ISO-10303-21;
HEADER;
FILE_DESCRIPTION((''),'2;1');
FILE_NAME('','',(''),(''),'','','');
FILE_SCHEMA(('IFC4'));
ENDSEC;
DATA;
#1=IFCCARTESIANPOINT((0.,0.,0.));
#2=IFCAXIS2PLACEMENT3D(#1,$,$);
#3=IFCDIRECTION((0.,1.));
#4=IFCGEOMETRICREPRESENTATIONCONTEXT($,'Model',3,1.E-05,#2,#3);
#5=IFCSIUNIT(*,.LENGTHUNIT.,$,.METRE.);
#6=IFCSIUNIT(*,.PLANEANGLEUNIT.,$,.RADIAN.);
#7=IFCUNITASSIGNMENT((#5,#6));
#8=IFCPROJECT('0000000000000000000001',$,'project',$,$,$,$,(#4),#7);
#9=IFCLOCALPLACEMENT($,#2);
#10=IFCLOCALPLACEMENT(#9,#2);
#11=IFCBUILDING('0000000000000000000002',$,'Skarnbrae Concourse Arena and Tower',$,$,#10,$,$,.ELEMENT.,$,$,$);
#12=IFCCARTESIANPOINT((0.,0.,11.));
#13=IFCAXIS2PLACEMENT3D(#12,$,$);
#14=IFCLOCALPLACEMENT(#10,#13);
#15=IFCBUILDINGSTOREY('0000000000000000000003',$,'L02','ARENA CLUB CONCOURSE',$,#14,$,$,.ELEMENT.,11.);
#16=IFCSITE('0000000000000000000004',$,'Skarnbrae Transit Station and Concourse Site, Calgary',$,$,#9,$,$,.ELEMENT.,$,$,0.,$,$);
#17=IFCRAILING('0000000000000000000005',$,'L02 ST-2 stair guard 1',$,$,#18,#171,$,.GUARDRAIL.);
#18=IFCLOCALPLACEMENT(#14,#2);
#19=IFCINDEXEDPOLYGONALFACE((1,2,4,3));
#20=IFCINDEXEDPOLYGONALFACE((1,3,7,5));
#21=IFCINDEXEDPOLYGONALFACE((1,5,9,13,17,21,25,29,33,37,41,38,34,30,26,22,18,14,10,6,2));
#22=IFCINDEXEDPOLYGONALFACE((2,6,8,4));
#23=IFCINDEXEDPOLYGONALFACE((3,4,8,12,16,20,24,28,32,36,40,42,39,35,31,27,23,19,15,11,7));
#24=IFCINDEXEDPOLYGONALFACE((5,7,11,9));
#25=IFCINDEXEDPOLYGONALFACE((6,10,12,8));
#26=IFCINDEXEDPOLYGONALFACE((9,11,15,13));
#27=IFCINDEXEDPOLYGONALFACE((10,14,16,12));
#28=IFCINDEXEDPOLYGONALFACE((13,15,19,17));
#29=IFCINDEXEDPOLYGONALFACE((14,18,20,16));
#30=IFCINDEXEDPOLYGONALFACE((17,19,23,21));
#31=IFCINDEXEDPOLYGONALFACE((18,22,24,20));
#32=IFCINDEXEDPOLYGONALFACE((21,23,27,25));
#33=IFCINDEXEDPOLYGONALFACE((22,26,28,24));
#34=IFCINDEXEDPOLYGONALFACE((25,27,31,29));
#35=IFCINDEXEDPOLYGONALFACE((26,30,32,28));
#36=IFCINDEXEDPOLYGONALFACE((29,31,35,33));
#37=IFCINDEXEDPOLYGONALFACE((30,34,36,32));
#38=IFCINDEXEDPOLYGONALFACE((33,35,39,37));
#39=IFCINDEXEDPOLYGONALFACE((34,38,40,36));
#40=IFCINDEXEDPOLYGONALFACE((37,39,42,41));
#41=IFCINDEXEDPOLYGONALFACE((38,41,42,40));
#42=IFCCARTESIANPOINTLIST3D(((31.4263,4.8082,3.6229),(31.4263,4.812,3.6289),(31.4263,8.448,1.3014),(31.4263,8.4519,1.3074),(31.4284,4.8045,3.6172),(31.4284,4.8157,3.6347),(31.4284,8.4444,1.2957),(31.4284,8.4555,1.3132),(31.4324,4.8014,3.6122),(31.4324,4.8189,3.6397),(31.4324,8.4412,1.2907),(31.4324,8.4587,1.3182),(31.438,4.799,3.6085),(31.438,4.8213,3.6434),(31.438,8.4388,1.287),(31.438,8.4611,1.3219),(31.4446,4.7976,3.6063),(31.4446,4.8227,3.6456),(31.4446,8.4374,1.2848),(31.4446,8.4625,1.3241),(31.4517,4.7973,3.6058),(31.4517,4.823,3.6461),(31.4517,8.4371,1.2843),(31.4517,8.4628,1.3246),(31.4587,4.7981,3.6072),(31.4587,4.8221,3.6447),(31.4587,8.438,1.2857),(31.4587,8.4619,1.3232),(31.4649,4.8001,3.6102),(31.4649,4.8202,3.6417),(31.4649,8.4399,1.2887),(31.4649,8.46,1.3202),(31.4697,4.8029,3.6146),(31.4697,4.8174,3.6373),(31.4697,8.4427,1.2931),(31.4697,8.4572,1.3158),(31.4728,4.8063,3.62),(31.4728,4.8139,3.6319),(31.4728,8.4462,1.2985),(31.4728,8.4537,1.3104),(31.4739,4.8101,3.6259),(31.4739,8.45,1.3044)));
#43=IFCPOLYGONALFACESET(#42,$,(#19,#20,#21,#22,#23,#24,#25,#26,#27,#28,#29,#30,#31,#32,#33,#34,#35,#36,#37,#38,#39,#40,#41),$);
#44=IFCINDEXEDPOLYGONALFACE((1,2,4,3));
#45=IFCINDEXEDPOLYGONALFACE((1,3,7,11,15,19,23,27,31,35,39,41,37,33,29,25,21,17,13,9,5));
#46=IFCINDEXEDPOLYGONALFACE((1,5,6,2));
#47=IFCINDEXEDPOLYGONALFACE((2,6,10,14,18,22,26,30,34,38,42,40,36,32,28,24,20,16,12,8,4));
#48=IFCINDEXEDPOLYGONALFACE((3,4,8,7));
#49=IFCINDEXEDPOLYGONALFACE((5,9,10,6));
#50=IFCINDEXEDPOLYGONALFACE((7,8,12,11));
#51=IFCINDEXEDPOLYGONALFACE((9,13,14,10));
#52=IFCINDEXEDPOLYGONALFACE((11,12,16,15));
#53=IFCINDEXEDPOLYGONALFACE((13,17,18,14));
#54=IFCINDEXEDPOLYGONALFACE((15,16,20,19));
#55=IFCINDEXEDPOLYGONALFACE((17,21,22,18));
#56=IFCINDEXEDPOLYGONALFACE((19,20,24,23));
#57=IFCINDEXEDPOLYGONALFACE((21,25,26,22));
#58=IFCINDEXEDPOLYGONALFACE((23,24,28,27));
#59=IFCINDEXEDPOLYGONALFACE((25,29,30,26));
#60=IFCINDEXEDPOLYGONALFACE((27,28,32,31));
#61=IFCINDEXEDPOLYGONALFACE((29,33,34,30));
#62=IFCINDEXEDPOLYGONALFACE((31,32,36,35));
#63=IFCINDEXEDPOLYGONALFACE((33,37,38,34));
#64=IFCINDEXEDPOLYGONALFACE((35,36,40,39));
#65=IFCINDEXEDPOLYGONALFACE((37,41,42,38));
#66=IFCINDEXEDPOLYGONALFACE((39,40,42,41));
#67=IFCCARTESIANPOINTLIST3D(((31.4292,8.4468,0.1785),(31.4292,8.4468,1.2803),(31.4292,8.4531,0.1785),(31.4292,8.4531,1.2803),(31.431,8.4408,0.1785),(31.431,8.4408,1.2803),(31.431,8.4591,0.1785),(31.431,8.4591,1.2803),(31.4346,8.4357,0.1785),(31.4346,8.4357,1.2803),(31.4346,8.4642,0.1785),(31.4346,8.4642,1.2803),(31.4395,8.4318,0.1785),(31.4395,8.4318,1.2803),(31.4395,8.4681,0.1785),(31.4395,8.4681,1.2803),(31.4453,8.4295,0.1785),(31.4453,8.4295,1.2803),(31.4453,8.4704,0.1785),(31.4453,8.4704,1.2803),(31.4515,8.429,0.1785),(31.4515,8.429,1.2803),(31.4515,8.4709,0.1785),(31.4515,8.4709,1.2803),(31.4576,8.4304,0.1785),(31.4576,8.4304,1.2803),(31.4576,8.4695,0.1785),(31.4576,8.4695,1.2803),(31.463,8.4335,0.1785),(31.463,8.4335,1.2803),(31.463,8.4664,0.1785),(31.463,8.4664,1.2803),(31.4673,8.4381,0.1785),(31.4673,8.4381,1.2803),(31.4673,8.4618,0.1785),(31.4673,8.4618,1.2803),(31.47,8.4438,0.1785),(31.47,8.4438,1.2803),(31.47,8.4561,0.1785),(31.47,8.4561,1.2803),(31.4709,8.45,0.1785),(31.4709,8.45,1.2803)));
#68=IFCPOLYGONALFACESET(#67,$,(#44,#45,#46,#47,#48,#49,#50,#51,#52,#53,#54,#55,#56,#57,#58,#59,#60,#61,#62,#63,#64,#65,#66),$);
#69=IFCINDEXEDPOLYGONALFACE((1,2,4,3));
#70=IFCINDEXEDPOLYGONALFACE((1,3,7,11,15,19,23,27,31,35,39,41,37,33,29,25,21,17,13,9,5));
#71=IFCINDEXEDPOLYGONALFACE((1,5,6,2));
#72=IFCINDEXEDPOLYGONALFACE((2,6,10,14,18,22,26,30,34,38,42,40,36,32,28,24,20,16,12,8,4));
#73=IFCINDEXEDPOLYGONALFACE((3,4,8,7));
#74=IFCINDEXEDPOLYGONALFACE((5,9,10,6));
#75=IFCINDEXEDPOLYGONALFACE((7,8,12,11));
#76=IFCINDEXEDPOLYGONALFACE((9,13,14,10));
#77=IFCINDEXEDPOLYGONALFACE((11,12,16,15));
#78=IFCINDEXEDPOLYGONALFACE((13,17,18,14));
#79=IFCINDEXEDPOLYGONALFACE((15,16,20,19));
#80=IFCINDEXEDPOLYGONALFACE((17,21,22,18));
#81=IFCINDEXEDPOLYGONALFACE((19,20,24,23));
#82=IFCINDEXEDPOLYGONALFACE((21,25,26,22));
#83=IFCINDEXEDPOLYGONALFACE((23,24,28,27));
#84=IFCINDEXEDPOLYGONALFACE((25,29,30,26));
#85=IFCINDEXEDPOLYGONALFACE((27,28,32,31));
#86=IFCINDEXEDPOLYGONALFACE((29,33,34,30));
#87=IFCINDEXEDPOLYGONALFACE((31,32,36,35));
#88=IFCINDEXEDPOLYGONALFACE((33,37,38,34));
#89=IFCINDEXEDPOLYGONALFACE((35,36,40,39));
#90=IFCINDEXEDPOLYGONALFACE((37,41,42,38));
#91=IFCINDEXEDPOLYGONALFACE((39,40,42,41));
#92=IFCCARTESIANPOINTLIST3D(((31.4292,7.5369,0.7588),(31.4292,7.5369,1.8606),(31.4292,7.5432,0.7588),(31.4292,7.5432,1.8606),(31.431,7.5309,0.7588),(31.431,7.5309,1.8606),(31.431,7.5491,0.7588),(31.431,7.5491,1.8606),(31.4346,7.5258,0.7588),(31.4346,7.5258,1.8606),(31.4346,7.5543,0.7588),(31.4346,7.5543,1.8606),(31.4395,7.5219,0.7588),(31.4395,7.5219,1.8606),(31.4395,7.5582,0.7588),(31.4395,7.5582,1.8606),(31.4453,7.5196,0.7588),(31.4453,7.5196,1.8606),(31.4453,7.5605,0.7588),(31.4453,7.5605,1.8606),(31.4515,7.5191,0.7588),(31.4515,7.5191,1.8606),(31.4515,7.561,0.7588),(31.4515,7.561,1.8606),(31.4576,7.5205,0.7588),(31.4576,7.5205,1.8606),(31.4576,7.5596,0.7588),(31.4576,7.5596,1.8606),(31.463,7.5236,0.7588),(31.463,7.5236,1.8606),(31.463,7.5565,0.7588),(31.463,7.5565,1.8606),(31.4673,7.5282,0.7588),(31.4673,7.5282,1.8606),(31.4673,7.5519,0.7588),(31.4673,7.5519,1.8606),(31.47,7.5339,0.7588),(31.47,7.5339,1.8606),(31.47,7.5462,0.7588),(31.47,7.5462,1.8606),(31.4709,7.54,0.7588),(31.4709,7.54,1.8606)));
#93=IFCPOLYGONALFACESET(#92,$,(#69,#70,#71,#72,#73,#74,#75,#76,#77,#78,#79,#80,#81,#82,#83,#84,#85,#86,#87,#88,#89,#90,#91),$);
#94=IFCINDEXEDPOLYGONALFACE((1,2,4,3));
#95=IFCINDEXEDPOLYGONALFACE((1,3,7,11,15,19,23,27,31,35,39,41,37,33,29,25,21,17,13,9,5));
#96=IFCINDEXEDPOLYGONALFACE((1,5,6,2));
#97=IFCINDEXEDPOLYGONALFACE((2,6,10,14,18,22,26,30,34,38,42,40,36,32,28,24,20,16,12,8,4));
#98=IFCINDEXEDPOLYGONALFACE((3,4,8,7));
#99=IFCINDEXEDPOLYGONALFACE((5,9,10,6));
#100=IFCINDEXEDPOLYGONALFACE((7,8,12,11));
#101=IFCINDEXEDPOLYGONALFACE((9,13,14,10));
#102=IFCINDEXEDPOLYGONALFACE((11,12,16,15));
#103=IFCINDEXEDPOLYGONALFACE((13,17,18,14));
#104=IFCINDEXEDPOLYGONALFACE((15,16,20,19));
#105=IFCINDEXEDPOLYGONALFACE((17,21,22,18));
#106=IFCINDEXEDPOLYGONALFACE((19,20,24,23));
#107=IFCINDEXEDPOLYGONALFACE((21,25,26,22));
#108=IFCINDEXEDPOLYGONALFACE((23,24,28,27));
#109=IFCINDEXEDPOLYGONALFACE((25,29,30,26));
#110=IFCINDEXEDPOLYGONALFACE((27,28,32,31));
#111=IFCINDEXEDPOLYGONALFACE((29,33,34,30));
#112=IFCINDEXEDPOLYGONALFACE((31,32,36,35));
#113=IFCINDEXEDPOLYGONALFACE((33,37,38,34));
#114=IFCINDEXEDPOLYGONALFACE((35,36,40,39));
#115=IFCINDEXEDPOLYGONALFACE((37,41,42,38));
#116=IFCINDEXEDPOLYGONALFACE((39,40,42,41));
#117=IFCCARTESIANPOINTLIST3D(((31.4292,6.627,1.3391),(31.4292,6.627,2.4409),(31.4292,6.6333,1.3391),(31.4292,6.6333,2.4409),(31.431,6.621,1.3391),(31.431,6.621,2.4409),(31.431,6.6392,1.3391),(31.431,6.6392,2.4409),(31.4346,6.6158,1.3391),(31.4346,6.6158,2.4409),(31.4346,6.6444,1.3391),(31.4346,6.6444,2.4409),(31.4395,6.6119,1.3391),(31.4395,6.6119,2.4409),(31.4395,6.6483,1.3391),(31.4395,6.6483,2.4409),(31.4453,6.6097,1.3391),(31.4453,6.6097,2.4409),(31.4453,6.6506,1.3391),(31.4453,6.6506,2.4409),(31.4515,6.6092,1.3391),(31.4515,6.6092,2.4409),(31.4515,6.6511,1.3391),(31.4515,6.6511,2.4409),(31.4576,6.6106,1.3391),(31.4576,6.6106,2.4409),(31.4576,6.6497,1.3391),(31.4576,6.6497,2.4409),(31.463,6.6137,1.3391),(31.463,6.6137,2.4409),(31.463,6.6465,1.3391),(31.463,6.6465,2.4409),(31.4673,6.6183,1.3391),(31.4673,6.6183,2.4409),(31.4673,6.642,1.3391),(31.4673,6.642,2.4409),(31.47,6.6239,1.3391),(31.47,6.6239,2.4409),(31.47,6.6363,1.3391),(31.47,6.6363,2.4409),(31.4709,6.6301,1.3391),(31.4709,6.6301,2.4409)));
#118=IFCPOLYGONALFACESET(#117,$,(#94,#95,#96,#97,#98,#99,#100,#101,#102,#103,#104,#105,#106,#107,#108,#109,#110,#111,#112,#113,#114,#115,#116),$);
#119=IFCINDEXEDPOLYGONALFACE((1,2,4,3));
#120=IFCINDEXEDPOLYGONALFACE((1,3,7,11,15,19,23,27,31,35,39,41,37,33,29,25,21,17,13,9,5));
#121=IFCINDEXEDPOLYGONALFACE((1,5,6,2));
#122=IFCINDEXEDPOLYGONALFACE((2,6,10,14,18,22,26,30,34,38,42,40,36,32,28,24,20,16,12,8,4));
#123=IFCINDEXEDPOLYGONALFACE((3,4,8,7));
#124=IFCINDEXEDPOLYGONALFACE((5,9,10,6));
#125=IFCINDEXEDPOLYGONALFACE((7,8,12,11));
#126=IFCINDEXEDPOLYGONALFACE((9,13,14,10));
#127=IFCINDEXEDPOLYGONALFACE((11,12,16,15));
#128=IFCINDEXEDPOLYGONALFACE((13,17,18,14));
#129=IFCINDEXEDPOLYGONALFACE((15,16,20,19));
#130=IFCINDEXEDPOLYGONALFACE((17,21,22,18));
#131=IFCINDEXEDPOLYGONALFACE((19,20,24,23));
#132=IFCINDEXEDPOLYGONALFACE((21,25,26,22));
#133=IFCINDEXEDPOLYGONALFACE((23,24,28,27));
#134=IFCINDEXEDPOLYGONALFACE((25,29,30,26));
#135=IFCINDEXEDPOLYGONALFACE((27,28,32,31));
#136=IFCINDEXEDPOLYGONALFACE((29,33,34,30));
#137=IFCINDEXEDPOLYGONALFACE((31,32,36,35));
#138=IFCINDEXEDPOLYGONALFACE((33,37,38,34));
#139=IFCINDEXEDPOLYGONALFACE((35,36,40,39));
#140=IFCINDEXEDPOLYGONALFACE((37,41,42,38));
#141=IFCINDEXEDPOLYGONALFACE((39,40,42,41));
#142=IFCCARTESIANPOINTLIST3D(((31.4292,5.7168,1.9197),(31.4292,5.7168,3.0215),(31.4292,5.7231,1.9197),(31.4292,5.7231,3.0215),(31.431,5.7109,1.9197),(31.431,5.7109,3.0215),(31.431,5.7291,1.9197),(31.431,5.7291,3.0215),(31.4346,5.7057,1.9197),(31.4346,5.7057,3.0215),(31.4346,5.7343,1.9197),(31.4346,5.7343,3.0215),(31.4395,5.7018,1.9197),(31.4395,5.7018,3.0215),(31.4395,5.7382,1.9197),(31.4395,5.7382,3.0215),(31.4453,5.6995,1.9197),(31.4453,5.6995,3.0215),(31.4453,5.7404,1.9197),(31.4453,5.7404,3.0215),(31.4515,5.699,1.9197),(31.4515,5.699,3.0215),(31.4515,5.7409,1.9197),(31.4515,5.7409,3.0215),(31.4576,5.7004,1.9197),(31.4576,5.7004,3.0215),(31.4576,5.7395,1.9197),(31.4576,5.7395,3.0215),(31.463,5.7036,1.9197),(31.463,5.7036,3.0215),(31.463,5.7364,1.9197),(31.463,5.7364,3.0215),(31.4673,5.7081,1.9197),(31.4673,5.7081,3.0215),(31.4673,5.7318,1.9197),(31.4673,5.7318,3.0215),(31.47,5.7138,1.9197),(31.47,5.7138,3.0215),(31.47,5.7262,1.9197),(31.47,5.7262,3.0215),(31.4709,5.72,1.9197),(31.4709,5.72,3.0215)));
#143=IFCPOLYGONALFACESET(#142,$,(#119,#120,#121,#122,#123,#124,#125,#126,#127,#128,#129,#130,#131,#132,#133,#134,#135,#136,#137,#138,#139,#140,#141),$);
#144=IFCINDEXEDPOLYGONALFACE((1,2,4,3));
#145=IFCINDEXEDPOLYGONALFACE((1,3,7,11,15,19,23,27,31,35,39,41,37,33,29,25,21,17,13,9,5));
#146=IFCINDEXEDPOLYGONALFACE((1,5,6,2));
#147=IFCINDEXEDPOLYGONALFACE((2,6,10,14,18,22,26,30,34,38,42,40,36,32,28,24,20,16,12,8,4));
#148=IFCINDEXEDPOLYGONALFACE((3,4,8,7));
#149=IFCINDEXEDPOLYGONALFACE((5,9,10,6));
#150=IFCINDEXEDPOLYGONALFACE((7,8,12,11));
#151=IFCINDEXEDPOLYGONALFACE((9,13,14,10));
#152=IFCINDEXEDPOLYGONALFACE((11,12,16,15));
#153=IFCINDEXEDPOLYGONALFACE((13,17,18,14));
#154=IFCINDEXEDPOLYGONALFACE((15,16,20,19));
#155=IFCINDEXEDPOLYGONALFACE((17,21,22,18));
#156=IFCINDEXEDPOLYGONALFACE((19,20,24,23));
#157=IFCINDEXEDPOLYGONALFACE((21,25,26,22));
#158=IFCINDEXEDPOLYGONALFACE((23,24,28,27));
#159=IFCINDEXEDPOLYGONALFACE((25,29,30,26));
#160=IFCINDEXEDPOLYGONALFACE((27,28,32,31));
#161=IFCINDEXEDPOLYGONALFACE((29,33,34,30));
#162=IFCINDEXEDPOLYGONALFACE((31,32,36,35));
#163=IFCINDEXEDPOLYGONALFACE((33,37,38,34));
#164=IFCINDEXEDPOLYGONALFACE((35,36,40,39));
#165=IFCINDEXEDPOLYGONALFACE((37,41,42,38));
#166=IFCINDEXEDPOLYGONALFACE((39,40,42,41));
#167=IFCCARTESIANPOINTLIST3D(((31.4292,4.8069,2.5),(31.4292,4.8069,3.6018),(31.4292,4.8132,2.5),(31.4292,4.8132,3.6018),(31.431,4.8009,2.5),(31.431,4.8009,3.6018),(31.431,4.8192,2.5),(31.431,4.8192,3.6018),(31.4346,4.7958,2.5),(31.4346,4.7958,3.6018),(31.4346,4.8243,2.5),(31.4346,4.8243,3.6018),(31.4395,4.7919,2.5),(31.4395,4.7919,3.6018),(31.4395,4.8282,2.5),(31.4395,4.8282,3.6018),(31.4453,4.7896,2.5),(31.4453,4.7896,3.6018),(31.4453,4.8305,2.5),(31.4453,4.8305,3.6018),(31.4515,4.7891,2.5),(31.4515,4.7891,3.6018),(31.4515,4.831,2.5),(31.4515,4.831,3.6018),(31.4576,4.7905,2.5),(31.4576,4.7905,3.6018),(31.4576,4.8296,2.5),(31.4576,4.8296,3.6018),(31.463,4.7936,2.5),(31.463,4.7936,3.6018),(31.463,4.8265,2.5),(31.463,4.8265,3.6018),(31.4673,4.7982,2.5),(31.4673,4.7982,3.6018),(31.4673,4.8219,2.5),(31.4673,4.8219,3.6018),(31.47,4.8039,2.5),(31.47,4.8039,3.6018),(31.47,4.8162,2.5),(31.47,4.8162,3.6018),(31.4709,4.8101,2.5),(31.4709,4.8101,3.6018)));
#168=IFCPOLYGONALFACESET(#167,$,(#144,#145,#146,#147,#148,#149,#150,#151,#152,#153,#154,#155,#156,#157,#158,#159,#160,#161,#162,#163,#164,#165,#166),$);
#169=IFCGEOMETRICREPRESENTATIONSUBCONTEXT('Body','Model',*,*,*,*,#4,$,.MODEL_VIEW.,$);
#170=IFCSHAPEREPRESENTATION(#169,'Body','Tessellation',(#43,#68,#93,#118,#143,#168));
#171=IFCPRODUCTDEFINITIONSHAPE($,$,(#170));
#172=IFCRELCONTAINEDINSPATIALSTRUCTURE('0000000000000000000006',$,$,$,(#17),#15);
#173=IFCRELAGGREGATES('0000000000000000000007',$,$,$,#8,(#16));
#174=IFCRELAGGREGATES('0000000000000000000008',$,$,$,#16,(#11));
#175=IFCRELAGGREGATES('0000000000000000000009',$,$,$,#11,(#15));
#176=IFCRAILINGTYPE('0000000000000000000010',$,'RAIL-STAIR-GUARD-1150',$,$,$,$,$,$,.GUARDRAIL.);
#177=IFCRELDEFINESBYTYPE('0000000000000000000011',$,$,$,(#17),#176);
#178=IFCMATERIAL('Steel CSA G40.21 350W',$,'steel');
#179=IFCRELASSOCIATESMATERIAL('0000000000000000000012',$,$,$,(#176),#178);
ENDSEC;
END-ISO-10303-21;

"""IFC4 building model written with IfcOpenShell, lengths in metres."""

from ifc_helpers import new_model, si_unit, direction, frame, origin, origin_2d, place, context, subcontext, project, spatial, circle, extrude, material, type_object, element, save


model = new_model("IFC4")

# Units and contexts
model_context = context("Model", 3, precision=1e-05, world=origin(), true_north=direction((0.0, 1.0)))
body_context = subcontext(model_context, "Body", "Model", "MODEL_VIEW")
ifc_project = project(units=[si_unit("LENGTHUNIT", "METRE"), si_unit("PLANEANGLEUNIT", "RADIAN")], contexts=[model_context])

# Site, building, storey
site_placement = place(None, origin())
site = spatial("IfcSite", under=ifc_project, at=site_placement, Name="Skarnbrae Transit Station and Concourse Site, Calgary", CompositionType="ELEMENT", RefElevation=0.0)
building_placement = place(site_placement, origin())
building = spatial("IfcBuilding", under=site, at=building_placement, Name="Skarnbrae Concourse Arena and Tower", CompositionType="ELEMENT")
storey_placement = place(building_placement, frame((0.0, 0.0, 11.0)))
storey = spatial("IfcBuildingStorey", under=building, at=storey_placement, Name="L02", Description="ARENA CLUB CONCOURSE", CompositionType="ELEMENT", Elevation=11.0)

# Shared definitions
ifc_material_1 = material(Name="Steel CSA G40.21 350W", Category="steel")

# Railing
railing_type_1 = type_object("IfcRailingType", Name="RAIL-STAIR-GUARD-1150", PredefinedType="GUARDRAIL", material=ifc_material_1)
railing_1_placement = place(storey_placement, frame((31.45, 8.45, 0.1785)))
element("IfcRailing", 1, at=railing_1_placement, inside=storey, type_object=railing_type_1, Name="L02 ST-2 stair guard 1", PredefinedType="GUARDRAIL", context=body_context, shape_type="SweptSolid", body=[
    extrude(circle(Radius=0.0239, at=origin_2d()), frame((0.0, 0.0, 1.126), z_axis=(0.0, -0.843112, 0.537739), x_axis=(1.0, 0.0, 0.0)), (0.0, 0.0, 1.0), 4.3171),
    extrude(circle(Radius=0.021, at=origin_2d()), origin(), (0.0, 0.0, 1.0), 1.1018),
    extrude(circle(Radius=0.021, at=origin_2d()), frame((0.0, -0.9099, 0.5803)), (0.0, 0.0, 1.0), 1.1018),
    extrude(circle(Radius=0.021, at=origin_2d()), frame((0.0, -1.8198, 1.1606)), (0.0, 0.0, 1.0), 1.1018),
    extrude(circle(Radius=0.021, at=origin_2d()), frame((0.0, -2.73, 1.7412)), (0.0, 0.0, 1.0), 1.1018),
    extrude(circle(Radius=0.021, at=origin_2d()), frame((0.0, -3.6399, 2.3215)), (0.0, 0.0, 1.0), 1.1018),
])

save(model, "model.ifc")
